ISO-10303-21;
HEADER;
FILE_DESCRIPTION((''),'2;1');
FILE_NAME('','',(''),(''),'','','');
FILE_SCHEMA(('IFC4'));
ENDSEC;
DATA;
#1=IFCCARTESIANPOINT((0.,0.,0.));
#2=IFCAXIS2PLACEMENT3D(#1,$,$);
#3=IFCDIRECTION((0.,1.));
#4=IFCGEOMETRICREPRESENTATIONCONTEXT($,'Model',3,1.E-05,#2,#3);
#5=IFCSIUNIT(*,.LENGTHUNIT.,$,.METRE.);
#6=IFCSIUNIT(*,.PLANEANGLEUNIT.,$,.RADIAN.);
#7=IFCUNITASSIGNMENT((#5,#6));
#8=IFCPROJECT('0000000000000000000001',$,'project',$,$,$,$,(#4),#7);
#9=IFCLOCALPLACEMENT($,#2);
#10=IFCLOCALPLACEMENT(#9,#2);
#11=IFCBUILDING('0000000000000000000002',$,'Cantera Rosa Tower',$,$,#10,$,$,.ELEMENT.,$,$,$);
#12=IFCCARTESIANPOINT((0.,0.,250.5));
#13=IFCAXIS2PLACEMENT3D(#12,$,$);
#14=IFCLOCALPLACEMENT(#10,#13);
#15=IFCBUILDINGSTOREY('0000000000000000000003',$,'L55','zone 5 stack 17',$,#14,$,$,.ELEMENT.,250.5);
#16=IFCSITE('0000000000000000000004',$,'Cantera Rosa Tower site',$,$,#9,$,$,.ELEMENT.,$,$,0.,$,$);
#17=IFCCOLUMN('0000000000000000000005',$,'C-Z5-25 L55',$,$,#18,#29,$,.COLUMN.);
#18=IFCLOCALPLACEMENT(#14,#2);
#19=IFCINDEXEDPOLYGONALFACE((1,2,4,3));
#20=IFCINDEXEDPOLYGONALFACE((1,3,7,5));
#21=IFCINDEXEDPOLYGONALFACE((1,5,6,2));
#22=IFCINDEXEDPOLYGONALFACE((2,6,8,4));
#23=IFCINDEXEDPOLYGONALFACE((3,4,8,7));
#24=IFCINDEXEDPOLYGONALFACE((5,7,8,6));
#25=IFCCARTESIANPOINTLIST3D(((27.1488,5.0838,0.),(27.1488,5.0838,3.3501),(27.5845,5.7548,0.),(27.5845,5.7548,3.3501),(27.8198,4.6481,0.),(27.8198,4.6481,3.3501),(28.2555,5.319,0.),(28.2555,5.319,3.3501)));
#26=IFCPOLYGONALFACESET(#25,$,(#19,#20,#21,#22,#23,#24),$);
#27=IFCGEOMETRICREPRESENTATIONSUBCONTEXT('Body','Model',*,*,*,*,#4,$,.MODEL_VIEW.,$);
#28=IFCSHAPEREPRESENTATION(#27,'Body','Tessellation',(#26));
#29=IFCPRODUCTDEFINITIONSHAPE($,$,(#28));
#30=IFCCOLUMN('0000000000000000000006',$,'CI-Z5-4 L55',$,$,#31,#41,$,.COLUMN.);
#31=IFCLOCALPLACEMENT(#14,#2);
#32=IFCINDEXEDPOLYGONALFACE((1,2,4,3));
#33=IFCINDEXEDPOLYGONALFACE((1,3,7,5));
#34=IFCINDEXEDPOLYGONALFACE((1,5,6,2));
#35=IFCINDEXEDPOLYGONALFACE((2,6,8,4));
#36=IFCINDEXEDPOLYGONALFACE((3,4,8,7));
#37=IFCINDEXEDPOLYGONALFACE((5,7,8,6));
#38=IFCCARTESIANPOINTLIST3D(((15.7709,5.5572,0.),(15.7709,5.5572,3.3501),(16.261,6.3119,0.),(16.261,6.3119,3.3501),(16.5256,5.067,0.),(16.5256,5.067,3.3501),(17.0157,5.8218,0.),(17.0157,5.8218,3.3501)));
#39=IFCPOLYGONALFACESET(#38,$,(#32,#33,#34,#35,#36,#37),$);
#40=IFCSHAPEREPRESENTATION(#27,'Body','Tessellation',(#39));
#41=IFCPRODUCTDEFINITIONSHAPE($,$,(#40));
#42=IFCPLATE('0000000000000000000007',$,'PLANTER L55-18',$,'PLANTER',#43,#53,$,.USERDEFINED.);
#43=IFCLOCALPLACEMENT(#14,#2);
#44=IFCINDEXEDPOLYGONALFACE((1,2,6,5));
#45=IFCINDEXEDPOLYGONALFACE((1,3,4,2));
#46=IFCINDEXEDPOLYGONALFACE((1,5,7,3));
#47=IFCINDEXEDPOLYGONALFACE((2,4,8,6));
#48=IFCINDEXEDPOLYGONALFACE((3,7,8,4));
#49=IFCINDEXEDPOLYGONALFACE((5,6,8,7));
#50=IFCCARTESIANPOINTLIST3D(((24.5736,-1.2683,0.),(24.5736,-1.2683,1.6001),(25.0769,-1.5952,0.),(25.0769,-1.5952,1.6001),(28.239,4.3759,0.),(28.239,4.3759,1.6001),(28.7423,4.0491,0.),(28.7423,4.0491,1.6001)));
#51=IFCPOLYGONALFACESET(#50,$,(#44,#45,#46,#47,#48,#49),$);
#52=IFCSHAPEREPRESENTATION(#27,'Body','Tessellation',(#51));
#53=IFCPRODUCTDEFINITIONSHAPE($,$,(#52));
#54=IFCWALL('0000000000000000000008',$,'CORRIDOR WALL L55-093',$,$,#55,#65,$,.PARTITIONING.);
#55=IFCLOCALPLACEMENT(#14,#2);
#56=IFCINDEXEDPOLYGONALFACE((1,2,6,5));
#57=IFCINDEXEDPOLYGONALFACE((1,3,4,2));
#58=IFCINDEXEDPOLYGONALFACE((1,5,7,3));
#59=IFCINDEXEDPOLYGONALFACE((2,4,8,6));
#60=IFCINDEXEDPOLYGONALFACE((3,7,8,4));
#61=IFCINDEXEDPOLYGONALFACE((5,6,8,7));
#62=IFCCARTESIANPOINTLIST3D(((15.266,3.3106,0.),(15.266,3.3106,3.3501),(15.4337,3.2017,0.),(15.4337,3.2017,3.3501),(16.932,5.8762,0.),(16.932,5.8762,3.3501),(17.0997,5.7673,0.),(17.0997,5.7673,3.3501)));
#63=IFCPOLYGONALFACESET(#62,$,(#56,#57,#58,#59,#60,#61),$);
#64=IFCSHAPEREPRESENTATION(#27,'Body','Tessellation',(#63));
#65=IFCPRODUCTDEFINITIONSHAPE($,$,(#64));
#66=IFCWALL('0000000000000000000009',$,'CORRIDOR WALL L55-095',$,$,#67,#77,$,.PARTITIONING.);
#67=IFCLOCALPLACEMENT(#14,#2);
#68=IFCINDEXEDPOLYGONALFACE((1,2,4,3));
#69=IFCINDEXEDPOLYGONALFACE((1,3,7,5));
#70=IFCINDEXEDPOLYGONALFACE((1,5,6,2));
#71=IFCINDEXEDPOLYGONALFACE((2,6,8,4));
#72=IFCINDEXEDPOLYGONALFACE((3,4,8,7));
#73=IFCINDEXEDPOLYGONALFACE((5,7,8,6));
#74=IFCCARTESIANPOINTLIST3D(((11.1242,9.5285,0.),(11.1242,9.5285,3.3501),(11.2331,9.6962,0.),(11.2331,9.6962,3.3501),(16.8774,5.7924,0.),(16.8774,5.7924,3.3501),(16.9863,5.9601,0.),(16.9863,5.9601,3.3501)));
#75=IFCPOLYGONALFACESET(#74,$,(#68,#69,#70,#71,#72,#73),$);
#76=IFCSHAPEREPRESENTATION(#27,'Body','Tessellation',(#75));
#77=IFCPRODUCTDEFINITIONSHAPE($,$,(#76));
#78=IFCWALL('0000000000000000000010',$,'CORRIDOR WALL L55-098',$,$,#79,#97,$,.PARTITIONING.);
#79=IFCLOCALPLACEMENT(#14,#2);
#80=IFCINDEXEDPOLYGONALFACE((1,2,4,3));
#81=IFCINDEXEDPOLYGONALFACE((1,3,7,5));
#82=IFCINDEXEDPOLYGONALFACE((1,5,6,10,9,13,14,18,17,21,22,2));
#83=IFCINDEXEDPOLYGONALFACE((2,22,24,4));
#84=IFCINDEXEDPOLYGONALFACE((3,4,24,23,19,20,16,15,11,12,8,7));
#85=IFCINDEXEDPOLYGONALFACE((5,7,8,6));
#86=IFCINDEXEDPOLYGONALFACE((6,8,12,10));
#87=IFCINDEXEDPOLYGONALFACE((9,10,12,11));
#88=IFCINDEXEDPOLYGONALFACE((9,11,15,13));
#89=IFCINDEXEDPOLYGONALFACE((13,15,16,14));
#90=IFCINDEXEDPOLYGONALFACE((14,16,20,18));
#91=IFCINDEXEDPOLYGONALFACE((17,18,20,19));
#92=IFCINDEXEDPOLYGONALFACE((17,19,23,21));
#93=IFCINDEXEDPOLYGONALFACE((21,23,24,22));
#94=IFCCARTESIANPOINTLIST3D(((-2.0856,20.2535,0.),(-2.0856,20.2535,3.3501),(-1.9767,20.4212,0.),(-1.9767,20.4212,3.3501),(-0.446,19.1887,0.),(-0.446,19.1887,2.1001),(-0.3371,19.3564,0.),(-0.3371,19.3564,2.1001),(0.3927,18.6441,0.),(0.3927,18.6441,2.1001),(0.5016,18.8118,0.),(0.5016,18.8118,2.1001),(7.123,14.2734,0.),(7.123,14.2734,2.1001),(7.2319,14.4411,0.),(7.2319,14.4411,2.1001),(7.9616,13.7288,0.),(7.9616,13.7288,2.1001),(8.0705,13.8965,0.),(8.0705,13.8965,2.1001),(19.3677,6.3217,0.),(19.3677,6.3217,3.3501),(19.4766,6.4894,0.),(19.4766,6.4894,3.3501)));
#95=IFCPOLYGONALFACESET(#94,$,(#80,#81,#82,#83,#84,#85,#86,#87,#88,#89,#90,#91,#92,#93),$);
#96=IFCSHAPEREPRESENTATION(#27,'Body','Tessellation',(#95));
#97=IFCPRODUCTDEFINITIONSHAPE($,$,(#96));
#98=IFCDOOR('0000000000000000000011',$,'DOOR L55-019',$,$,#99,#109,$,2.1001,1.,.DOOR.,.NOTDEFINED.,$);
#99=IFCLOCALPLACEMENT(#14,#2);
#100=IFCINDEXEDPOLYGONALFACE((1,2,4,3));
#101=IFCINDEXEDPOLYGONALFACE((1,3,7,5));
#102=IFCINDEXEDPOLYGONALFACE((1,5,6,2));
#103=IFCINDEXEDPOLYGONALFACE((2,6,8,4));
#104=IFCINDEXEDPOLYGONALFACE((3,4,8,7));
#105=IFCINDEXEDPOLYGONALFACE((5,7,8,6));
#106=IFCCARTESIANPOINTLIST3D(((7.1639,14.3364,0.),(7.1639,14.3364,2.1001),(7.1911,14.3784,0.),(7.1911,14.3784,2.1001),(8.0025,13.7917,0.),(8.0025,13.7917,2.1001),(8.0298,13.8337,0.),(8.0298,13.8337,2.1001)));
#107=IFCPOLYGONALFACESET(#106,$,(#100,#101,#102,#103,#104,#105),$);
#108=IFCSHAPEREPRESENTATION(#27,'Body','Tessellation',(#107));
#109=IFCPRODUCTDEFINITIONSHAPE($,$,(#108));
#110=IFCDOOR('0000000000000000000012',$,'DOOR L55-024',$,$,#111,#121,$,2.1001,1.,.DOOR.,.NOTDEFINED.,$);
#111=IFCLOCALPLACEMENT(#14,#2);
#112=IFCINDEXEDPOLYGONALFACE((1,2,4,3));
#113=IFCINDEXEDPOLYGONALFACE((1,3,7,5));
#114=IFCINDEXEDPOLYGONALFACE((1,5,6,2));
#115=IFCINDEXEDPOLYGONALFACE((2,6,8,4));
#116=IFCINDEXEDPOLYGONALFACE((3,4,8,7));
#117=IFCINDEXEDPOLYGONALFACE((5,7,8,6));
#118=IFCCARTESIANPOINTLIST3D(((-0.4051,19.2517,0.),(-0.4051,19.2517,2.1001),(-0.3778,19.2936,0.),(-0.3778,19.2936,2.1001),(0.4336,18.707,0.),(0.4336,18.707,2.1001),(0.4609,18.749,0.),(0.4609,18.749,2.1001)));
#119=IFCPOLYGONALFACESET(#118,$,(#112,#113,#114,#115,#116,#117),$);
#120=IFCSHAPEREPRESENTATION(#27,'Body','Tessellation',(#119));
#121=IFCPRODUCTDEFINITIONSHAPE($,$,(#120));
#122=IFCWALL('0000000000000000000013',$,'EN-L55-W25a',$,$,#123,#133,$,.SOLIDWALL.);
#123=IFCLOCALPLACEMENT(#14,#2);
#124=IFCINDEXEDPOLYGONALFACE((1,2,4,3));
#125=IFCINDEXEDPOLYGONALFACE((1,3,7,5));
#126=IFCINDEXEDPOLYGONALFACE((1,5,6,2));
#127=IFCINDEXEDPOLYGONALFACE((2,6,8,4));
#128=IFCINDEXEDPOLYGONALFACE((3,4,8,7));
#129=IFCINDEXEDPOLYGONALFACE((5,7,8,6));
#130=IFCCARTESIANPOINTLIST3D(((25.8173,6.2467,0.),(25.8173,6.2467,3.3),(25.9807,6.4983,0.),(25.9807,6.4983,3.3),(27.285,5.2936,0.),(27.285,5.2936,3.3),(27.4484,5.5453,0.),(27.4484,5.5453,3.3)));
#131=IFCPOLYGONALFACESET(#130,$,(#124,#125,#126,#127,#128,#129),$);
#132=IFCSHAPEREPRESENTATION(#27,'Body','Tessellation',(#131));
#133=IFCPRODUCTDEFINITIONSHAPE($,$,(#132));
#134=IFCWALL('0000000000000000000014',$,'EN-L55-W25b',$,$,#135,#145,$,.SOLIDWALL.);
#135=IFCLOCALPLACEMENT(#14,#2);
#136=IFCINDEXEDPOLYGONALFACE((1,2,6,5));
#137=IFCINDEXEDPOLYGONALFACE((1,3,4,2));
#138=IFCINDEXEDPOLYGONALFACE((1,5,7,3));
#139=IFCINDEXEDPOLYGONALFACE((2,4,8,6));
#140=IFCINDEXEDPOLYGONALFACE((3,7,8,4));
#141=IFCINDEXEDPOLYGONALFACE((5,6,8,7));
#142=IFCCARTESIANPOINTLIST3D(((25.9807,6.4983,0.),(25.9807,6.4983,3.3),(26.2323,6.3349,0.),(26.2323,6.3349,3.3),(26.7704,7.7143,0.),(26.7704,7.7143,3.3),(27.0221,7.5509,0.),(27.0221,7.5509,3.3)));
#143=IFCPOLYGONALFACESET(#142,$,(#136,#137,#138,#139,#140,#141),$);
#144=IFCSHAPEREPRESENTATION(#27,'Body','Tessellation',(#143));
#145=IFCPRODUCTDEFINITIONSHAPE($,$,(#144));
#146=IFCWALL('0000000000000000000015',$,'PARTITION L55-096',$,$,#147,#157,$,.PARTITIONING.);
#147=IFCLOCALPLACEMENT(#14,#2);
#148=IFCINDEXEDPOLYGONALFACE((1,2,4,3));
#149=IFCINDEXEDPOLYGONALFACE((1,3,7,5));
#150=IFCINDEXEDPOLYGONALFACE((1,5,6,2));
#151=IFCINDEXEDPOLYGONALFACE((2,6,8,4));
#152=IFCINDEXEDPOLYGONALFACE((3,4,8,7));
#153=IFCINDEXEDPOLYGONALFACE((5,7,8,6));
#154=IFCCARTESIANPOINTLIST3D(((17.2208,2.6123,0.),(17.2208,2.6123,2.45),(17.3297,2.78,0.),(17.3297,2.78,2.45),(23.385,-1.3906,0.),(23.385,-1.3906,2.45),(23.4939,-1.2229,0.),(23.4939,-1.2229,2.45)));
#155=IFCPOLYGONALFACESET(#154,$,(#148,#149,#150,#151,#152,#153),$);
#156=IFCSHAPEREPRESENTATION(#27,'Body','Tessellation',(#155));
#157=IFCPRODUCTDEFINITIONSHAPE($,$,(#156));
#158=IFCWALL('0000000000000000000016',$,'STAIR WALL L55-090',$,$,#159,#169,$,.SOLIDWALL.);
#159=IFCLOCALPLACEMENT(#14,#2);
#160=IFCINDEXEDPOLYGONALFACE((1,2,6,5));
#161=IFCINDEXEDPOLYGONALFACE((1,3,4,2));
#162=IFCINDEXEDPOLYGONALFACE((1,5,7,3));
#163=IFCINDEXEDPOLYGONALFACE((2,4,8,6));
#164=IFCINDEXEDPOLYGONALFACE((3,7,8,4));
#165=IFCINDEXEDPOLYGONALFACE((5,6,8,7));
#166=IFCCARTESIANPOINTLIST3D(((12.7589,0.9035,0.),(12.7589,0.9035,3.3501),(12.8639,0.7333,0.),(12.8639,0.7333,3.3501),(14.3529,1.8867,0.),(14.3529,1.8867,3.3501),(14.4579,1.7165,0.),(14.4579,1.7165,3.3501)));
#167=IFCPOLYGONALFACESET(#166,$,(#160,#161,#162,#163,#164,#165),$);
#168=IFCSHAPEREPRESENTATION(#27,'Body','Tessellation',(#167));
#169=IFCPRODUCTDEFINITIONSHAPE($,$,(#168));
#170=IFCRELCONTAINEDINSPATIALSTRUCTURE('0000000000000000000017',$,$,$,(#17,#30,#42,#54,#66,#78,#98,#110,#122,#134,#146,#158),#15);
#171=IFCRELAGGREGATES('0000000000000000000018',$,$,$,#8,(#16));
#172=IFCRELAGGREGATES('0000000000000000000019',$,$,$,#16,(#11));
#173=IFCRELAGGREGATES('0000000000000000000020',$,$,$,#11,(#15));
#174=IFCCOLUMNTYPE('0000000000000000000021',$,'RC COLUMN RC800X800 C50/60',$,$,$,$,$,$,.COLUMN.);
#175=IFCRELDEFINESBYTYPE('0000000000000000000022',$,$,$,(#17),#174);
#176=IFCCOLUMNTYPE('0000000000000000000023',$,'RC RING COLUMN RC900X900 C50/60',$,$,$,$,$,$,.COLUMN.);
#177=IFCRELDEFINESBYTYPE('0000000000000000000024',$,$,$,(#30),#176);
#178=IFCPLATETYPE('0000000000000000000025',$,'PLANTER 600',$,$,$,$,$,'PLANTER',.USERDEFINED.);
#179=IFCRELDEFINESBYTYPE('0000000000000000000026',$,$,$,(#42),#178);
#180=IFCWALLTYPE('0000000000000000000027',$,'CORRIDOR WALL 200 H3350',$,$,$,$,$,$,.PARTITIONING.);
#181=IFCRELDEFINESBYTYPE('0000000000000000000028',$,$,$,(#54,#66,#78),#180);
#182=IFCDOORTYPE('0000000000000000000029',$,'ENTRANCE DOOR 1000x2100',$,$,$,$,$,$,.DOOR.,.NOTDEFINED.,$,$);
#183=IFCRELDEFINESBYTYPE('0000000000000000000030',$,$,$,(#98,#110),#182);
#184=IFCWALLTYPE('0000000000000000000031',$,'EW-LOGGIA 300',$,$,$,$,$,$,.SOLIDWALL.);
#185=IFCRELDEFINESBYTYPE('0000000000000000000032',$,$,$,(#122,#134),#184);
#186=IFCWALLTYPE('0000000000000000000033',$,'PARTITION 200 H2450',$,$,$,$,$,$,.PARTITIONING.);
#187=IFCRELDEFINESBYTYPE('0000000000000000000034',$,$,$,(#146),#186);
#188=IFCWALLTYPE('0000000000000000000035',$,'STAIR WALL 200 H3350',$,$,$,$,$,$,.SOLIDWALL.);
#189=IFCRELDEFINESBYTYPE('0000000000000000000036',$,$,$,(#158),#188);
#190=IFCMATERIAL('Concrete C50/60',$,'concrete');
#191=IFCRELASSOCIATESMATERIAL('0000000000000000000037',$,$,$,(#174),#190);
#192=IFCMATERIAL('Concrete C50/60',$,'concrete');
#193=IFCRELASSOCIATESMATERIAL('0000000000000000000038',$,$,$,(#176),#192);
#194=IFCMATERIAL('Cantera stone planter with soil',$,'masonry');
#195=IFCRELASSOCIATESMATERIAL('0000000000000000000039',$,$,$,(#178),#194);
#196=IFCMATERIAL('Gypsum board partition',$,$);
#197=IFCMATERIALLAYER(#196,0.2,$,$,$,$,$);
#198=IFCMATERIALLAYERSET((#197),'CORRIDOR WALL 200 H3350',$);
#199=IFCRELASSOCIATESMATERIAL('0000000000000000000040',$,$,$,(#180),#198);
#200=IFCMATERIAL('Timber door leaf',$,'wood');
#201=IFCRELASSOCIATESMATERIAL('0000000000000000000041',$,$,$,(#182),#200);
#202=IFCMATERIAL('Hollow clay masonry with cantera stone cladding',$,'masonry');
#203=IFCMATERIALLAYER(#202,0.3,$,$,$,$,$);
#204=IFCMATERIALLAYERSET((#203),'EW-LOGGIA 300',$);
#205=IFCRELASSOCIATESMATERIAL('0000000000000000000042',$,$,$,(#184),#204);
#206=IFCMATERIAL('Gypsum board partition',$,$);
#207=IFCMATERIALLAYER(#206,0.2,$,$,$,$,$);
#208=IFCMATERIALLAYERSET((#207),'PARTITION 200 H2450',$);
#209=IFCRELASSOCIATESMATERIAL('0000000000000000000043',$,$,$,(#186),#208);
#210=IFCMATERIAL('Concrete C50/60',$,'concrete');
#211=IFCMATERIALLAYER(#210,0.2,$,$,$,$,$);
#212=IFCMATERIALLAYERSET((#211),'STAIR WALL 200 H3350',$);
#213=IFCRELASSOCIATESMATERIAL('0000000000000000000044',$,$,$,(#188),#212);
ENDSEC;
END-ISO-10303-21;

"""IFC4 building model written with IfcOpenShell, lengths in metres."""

from ifc_helpers import new_model, si_unit, direction, frame, frame_2d, origin, origin_2d, place, context, subcontext, project, spatial, rectangle, extrude, material, layer, layer_set, material_profile, profile_set, type_object, element, fill, save


model = new_model("IFC4")

# Units and contexts
model_context = context("Model", 3, precision=1e-05, world=origin(), true_north=direction((0.0, 1.0)))
body_context = subcontext(model_context, "Body", "Model", "MODEL_VIEW")
ifc_project = project(units=[si_unit("LENGTHUNIT", "METRE"), si_unit("PLANEANGLEUNIT", "RADIAN")], contexts=[model_context])

# Site, building, storey
site_placement = place(None, origin())
site = spatial("IfcSite", under=ifc_project, at=site_placement, Name="Cantera Rosa Tower site", CompositionType="ELEMENT", RefElevation=0.0)
building_placement = place(site_placement, origin())
building = spatial("IfcBuilding", under=site, at=building_placement, Name="Cantera Rosa Tower", CompositionType="ELEMENT")
storey_placement = place(building_placement, frame((0.0, 0.0, 250.5)))
storey = spatial("IfcBuildingStorey", under=building, at=storey_placement, Name="L55", Description="zone 5 stack 17", CompositionType="ELEMENT", Elevation=250.5)

# Columns
ifc_material_1 = material(Name="Concrete C50/60", Category="concrete")
ifc_material_profile_1 = material_profile(ifc_material_1, rectangle(XDim=0.8, YDim=0.8, at=origin_2d()), Name="RC COLUMN RC800X800 C50/60")
ifc_profile_set_1 = profile_set([ifc_material_profile_1], Name="Concrete C50/60")
column_type_1 = type_object("IfcColumnType", Name="RC COLUMN RC800X800 C50/60", PredefinedType="COLUMN", material=ifc_profile_set_1)
column_1_placement = place(storey_placement, frame((27.7021, 5.2014, 0.0), z_axis=(0.0, 0.0, 1.0), x_axis=(0.544639, 0.838671, 0.0)))
element("IfcColumn", 1, at=column_1_placement, inside=storey, type_object=column_type_1, Name="C-Z5-25 L55", PredefinedType="COLUMN", context=body_context, shape_type="SweptSolid", body=[
    extrude(rectangle(XDim=0.8, YDim=0.8, at=origin_2d()), origin(), (0.0, 0.0, 1.0), 3.3501),
])
ifc_material_2 = material(Name="Concrete C50/60", Category="concrete")
ifc_material_profile_2 = material_profile(ifc_material_2, rectangle(XDim=0.8999, YDim=0.8999, at=origin_2d()), Name="RC RING COLUMN RC900X900 C50/60")
ifc_profile_set_2 = profile_set([ifc_material_profile_2], Name="Concrete C50/60")
column_type_2 = type_object("IfcColumnType", Name="RC RING COLUMN RC900X900 C50/60", PredefinedType="COLUMN", material=ifc_profile_set_2)
column_2_placement = place(storey_placement, frame((16.3933, 5.6895, 0.0), z_axis=(0.0, 0.0, 1.0), x_axis=(0.544639, 0.838671, 0.0)))
element("IfcColumn", 2, at=column_2_placement, inside=storey, type_object=column_type_2, Name="CI-Z5-4 L55", PredefinedType="COLUMN", context=body_context, shape_type="SweptSolid", body=[
    extrude(rectangle(XDim=0.8999, YDim=0.8999, at=origin_2d()), origin(), (0.0, 0.0, 1.0), 3.3501),
])

# Plate
ifc_material_3 = material(Name="Cantera stone planter with soil", Category="masonry")
plate_type = type_object("IfcPlateType", Name="PLANTER 600", ElementType="PLANTER", PredefinedType="USERDEFINED", material=ifc_material_3)
plate_placement = place(storey_placement, frame((26.658, 1.3904, 0.0), z_axis=(0.0, 0.0, 1.0), x_axis=(0.544639, 0.838671, 0.0)))
element("IfcPlate", 3, at=plate_placement, inside=storey, type_object=plate_type, Name="PLANTER L55-18", ObjectType="PLANTER", PredefinedType="USERDEFINED", context=body_context, shape_type="SweptSolid", body=[
    extrude(rectangle(XDim=6.73, YDim=0.6001, at=origin_2d()), origin(), (0.0, 0.0, 1.0), 1.6001),
])

# Walls
ifc_material_4 = material(Name="Gypsum board partition")
ifc_layer_1 = layer(ifc_material_4, 0.2)
ifc_layer_set_1 = layer_set([ifc_layer_1], Name="CORRIDOR WALL 200 H3350")
wall_type_1 = type_object("IfcWallType", Name="CORRIDOR WALL 200 H3350", PredefinedType="PARTITIONING", material=ifc_layer_set_1)
wall_1_placement = place(storey_placement, frame((15.3499, 3.2561, 0.0), z_axis=(0.0, 0.0, 1.0), x_axis=(0.544604, 0.838693, 0.0)))
element("IfcWall", 4, at=wall_1_placement, inside=storey, type_object=wall_type_1, Name="CORRIDOR WALL L55-093", PredefinedType="PARTITIONING", context=body_context, shape_type="SweptSolid", body=[
    extrude(rectangle(XDim=3.0591, YDim=0.2, at=frame_2d((1.5295, 0.0))), origin(), (0.0, 0.0, 1.0), 3.3501),
])
wall_2_placement = place(storey_placement, frame((16.9319, 5.8762, 0.0), z_axis=(0.0, 0.0, 1.0), x_axis=(-0.838675, 0.544632, 0.0)))
element("IfcWall", 5, at=wall_2_placement, inside=storey, type_object=wall_type_1, Name="CORRIDOR WALL L55-095", PredefinedType="PARTITIONING", context=body_context, shape_type="SweptSolid", body=[
    extrude(rectangle(XDim=6.8599, YDim=0.2, at=frame_2d((3.4299, 0.0))), origin(), (0.0, 0.0, 1.0), 3.3501),
])

# Wall, openings, doors
wall_3_placement = place(storey_placement, frame((19.4221, 6.4055, 0.0), z_axis=(0.0, 0.0, 1.0), x_axis=(-0.838672, 0.544636, 0.0)))
wall_3 = element("IfcWall", 6, at=wall_3_placement, inside=storey, type_object=wall_type_1, Name="CORRIDOR WALL L55-098", PredefinedType="PARTITIONING", context=body_context, shape_type="SweptSolid", body=[
    extrude(rectangle(XDim=25.5801, YDim=0.2, at=frame_2d((12.79, 0.0))), origin(), (0.0, 0.0, 1.0), 3.3501),
])
opening_1_placement = place(wall_3_placement, frame((13.6001, 0.0, 0.0)))
opening_1 = element("IfcOpeningElement", 7, at=opening_1_placement, cuts=wall_3, PredefinedType="OPENING", context=body_context, shape_type="SweptSolid", body=[
    extrude(rectangle(XDim=1.0, YDim=2.1001, at=frame_2d((0.5, 1.05))), frame((0.0, 0.1099, 0.0), z_axis=(0.0, -1.0, 0.0), x_axis=(1.0, 0.0, 0.0)), (0.0, 0.0, 1.0), 0.22),
])
opening_2_placement = place(wall_3_placement, frame((22.625, 0.0, 0.0)))
opening_2 = element("IfcOpeningElement", 8, at=opening_2_placement, cuts=wall_3, PredefinedType="OPENING", context=body_context, shape_type="SweptSolid", body=[
    extrude(rectangle(XDim=1.0, YDim=2.1001, at=frame_2d((0.5, 1.05))), frame((0.0, 0.1099, 0.0), z_axis=(0.0, -1.0, 0.0), x_axis=(1.0, 0.0, 0.0)), (0.0, 0.0, 1.0), 0.22),
])
ifc_material_5 = material(Name="Timber door leaf", Category="wood")
door_type_1 = type_object("IfcDoorType", Name="ENTRANCE DOOR 1000x2100", OperationType="NOTDEFINED", PredefinedType="DOOR", material=ifc_material_5)
door_1_placement = place(opening_1_placement, origin())
door_1 = element("IfcDoor", 9, at=door_1_placement, inside=storey, type_object=door_type_1, Name="DOOR L55-019", OperationType="NOTDEFINED", OverallHeight=2.1001, OverallWidth=1.0, PredefinedType="DOOR", context=body_context, shape_type="SweptSolid", body=[
    extrude(rectangle(XDim=1.0, YDim=2.1001, at=frame_2d((0.5, 1.05))), frame((0.0, 0.0249, 0.0), z_axis=(0.0, -1.0, 0.0), x_axis=(1.0, 0.0, 0.0)), (0.0, 0.0, 1.0), 0.05),
])
fill(opening_1, door_1)
door_2_placement = place(opening_2_placement, origin())
door_2 = element("IfcDoor", 10, at=door_2_placement, inside=storey, type_object=door_type_1, Name="DOOR L55-024", OperationType="NOTDEFINED", OverallHeight=2.1001, OverallWidth=1.0, PredefinedType="DOOR", context=body_context, shape_type="SweptSolid", body=[
    extrude(rectangle(XDim=1.0, YDim=2.1001, at=frame_2d((0.5, 1.05))), frame((0.0, 0.0249, 0.0), z_axis=(0.0, -1.0, 0.0), x_axis=(1.0, 0.0, 0.0)), (0.0, 0.0, 1.0), 0.05),
])
fill(opening_2, door_2)

# Walls
ifc_material_6 = material(Name="Hollow clay masonry with cantera stone cladding", Category="masonry")
ifc_layer_2 = layer(ifc_material_6, 0.3)
ifc_layer_set_2 = layer_set([ifc_layer_2], Name="EW-LOGGIA 300")
wall_type_2 = type_object("IfcWallType", Name="EW-LOGGIA 300", PredefinedType="SOLIDWALL", material=ifc_layer_set_2)
wall_4_placement = place(storey_placement, frame((27.3667, 5.4194, 0.0), z_axis=(0.0, 0.0, 1.0), x_axis=(-0.838686, 0.544616, 0.0)))
element("IfcWall", 11, at=wall_4_placement, inside=storey, type_object=wall_type_2, Name="EN-L55-W25a", PredefinedType="SOLIDWALL", context=body_context, shape_type="SweptSolid", body=[
    extrude(rectangle(XDim=1.75, YDim=0.3, at=frame_2d((0.875, 0.0))), origin(), (0.0, 0.0, 1.0), 3.3),
])
wall_5_placement = place(storey_placement, frame((26.1064, 6.4165, 0.0), z_axis=(0.0, 0.0, 1.0), x_axis=(0.544675, 0.838647, 0.0)))
element("IfcWall", 12, at=wall_5_placement, inside=storey, type_object=wall_type_2, Name="EN-L55-W25b", PredefinedType="SOLIDWALL", context=body_context, shape_type="SweptSolid", body=[
    extrude(rectangle(XDim=1.45, YDim=0.3, at=frame_2d((0.7251, 0.0))), origin(), (0.0, 0.0, 1.0), 3.3),
])
ifc_material_7 = material(Name="Gypsum board partition")
ifc_layer_3 = layer(ifc_material_7, 0.2)
ifc_layer_set_3 = layer_set([ifc_layer_3], Name="PARTITION 200 H2450")
wall_type_3 = type_object("IfcWallType", Name="PARTITION 200 H2450", PredefinedType="PARTITIONING", material=ifc_layer_set_3)
wall_6_placement = place(storey_placement, frame((17.2754, 2.696, 0.0), z_axis=(0.0, 0.0, 1.0), x_axis=(0.838684, -0.544618, 0.0)))
element("IfcWall", 13, at=wall_6_placement, inside=storey, type_object=wall_type_3, Name="PARTITION L55-096", PredefinedType="PARTITIONING", context=body_context, shape_type="SweptSolid", body=[
    extrude(rectangle(XDim=7.3499, YDim=0.2, at=frame_2d((3.6748, 0.0))), origin(), (0.0, 0.0, 1.0), 2.45),
])
ifc_material_8 = material(Name="Concrete C50/60", Category="concrete")
ifc_layer_4 = layer(ifc_material_8, 0.2)
ifc_layer_set_4 = layer_set([ifc_layer_4], Name="STAIR WALL 200 H3350")
wall_type_4 = type_object("IfcWallType", Name="STAIR WALL 200 H3350", PredefinedType="SOLIDWALL", material=ifc_layer_set_4)
wall_7_placement = place(storey_placement, frame((12.8113, 0.8184, 0.0), z_axis=(0.0, 0.0, 1.0), x_axis=(0.851125, 0.524963, 0.0)))
element("IfcWall", 14, at=wall_7_placement, inside=storey, type_object=wall_type_4, Name="STAIR WALL L55-090", PredefinedType="SOLIDWALL", context=body_context, shape_type="SweptSolid", body=[
    extrude(rectangle(XDim=1.8728, YDim=0.2, at=frame_2d((0.9365, 0.0))), origin(), (0.0, 0.0, 1.0), 3.3501),
])

save(model, "model.ifc")
